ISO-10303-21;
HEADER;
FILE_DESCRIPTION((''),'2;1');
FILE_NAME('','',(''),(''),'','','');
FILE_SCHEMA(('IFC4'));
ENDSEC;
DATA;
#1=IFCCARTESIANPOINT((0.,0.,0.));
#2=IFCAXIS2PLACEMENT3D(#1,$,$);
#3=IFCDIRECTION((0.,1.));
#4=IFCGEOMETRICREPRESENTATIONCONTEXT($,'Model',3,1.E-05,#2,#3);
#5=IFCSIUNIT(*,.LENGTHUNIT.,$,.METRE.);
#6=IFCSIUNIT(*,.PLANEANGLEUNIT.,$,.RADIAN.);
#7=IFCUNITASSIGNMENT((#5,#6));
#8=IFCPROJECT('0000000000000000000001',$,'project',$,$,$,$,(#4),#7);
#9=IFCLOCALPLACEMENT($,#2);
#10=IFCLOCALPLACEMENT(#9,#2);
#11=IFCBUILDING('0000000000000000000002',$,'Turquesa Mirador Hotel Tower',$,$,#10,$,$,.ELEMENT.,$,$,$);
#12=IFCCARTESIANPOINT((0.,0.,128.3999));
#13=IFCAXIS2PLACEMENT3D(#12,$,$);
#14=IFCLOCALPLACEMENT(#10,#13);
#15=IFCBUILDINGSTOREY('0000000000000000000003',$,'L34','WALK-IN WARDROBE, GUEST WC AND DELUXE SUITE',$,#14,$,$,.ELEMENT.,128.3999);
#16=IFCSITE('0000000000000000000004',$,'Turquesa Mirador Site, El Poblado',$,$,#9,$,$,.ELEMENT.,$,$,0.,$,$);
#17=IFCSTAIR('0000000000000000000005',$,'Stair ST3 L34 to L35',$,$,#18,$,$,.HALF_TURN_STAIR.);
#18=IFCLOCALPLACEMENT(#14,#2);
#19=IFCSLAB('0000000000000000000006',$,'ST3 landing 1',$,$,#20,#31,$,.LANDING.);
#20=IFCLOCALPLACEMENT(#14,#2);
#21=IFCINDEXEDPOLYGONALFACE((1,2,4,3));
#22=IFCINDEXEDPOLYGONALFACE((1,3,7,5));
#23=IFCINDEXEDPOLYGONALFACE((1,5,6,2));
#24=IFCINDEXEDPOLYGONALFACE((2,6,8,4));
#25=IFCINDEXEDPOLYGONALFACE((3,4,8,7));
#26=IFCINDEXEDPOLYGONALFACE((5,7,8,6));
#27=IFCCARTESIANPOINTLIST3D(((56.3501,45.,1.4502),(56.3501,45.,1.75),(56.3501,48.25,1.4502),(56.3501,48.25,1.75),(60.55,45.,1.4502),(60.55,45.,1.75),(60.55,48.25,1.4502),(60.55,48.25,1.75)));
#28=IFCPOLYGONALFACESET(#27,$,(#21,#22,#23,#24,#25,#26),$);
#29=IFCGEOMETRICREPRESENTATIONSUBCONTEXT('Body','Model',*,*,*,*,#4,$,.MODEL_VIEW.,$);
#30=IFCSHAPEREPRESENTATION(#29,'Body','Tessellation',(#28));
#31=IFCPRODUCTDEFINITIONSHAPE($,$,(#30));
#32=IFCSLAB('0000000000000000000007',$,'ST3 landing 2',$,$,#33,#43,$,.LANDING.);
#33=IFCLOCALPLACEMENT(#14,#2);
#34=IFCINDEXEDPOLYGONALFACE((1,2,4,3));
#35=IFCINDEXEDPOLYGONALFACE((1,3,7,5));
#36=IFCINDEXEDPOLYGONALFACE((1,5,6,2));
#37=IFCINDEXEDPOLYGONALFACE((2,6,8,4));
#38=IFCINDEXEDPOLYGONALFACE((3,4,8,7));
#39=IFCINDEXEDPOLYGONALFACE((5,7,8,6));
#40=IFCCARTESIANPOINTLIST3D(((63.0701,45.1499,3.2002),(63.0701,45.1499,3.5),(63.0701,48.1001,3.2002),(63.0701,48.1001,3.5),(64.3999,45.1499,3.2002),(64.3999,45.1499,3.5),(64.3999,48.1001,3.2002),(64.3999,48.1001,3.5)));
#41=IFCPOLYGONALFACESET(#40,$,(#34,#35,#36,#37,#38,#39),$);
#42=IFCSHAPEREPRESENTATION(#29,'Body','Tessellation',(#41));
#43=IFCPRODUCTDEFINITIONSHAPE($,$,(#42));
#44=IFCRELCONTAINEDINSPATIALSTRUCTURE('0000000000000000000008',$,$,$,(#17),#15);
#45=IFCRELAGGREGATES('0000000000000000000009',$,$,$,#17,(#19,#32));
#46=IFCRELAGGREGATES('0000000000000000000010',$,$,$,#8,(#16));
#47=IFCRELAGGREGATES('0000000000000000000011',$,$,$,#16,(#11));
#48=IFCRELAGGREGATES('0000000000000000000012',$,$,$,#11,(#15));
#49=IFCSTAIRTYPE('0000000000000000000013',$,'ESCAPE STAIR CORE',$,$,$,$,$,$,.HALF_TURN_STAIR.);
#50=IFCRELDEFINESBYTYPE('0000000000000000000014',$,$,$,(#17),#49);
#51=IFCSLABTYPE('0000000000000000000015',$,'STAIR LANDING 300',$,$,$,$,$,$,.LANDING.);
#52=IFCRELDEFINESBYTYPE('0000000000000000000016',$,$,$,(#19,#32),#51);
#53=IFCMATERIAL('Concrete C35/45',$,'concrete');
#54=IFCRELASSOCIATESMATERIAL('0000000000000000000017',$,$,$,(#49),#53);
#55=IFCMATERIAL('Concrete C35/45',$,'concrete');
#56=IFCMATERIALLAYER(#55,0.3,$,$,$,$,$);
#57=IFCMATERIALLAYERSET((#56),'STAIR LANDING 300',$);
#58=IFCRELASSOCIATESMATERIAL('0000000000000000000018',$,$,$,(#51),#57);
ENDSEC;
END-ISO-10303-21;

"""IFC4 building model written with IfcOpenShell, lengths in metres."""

from ifc_helpers import new_model, si_unit, direction, frame, origin, place, context, subcontext, project, spatial, polyline, outline, extrude, material, layer, layer_set, type_object, element, aggregate, save


model = new_model("IFC4")

# Units and contexts
model_context = context("Model", 3, precision=1e-05, world=origin(), true_north=direction((0.0, 1.0)))
body_context = subcontext(model_context, "Body", "Model", "MODEL_VIEW")
ifc_project = project(units=[si_unit("LENGTHUNIT", "METRE"), si_unit("PLANEANGLEUNIT", "RADIAN")], contexts=[model_context])

# Site, building, storey
site_placement = place(None, origin())
site = spatial("IfcSite", under=ifc_project, at=site_placement, Name="Turquesa Mirador Site, El Poblado", CompositionType="ELEMENT", RefElevation=0.0)
building_placement = place(site_placement, origin())
building = spatial("IfcBuilding", under=site, at=building_placement, Name="Turquesa Mirador Hotel Tower", CompositionType="ELEMENT")
storey_placement = place(building_placement, frame((0.0, 0.0, 128.3999)))
storey = spatial("IfcBuildingStorey", under=building, at=storey_placement, Name="L34", Description="WALK-IN WARDROBE, GUEST WC AND DELUXE SUITE", CompositionType="ELEMENT", Elevation=128.3999)

# Stair, slabs
ifc_material_1 = material(Name="Concrete C35/45", Category="concrete")
stair_type = type_object("IfcStairType", Name="ESCAPE STAIR CORE", PredefinedType="HALF_TURN_STAIR", material=ifc_material_1)
ifc_material_2 = material(Name="Concrete C35/45", Category="concrete")
ifc_layer_1 = layer(ifc_material_2, 0.3)
ifc_layer_set_1 = layer_set([ifc_layer_1], Name="STAIR LANDING 300")
slab_type_1 = type_object("IfcSlabType", Name="STAIR LANDING 300", PredefinedType="LANDING", material=ifc_layer_set_1)
stair_1_placement = place(storey_placement, origin())
stair_1 = element("IfcStair", 1, at=stair_1_placement, inside=storey, type_object=stair_type, Name="Stair ST3 L34 to L35", PredefinedType="HALF_TURN_STAIR")
slab_1_placement = place(storey_placement, frame((0.0, 0.0, 1.4502)))
slab_1 = element("IfcSlab", 2, at=slab_1_placement, type_object=slab_type_1, Name="ST3 landing 1", PredefinedType="LANDING", context=body_context, shape_type="SweptSolid", body=[
    extrude(outline(polyline([(56.3501, 45.0), (60.55, 45.0), (60.55, 48.25), (56.3501, 48.25), (56.3501, 45.0)])), origin(), (0.0, 0.0, 1.0), 0.2998),
])
slab_2_placement = place(storey_placement, frame((0.0, 0.0, 3.2002)))
slab_2 = element("IfcSlab", 3, at=slab_2_placement, type_object=slab_type_1, Name="ST3 landing 2", PredefinedType="LANDING", context=body_context, shape_type="SweptSolid", body=[
    extrude(outline(polyline([(63.0701, 45.1499), (64.3999, 45.1499), (64.3999, 48.1001), (63.0701, 48.1001), (63.0701, 45.1499)])), origin(), (0.0, 0.0, 1.0), 0.2998),
])
aggregate(stair_1, [slab_1, slab_2])

save(model, "model.ifc")
